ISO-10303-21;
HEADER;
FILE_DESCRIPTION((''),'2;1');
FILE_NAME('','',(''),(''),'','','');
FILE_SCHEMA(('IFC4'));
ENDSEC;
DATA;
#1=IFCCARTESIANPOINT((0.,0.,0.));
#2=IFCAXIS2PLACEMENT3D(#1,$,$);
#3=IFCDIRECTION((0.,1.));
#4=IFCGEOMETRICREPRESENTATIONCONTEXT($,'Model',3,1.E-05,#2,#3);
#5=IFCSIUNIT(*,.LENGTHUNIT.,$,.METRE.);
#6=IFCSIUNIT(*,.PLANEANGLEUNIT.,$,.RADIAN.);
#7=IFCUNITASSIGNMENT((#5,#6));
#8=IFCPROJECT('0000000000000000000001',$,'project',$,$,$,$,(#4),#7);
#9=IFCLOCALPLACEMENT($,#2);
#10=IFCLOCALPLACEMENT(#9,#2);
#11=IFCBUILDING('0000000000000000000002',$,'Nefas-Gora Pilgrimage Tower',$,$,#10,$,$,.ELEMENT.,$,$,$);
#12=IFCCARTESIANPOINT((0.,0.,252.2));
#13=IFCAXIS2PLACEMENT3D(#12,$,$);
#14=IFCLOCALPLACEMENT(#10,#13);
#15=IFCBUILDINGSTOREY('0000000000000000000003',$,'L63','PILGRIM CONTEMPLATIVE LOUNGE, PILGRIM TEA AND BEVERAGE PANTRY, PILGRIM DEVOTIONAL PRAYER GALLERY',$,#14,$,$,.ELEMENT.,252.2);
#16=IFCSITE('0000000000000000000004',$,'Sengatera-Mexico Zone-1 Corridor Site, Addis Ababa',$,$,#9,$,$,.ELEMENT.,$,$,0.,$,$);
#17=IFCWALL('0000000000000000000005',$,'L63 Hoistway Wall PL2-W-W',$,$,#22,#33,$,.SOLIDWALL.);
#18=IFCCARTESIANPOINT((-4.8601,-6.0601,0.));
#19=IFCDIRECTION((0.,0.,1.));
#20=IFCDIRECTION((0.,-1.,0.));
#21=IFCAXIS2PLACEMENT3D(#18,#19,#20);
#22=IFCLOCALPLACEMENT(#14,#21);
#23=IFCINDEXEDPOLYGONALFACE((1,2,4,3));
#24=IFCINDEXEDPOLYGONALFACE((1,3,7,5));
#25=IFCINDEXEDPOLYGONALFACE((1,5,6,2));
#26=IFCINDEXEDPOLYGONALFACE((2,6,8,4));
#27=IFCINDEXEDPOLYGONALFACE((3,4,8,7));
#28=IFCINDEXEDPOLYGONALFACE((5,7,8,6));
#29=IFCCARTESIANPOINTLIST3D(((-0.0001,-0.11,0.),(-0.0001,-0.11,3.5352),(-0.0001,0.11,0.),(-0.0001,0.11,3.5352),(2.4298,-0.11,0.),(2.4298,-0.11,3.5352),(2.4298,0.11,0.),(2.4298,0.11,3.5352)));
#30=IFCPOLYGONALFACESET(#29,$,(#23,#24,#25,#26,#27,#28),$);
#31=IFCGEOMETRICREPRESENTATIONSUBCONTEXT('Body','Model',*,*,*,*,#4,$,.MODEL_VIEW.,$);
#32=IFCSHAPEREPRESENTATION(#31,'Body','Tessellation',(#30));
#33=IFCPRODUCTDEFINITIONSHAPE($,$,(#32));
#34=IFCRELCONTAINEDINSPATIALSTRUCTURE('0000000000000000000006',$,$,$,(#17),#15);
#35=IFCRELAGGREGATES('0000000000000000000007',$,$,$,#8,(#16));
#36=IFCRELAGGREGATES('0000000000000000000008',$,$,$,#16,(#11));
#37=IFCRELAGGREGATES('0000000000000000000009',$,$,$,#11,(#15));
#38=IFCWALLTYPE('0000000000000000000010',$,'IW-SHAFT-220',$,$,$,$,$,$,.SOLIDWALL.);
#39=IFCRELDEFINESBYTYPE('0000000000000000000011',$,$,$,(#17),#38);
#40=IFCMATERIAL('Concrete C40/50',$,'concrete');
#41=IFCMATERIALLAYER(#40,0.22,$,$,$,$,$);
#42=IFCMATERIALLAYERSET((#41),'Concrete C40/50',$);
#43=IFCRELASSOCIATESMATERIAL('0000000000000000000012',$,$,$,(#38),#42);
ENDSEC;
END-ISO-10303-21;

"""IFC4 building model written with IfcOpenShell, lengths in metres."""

from ifc_helpers import new_model, si_unit, direction, frame, frame_2d, origin, place, context, subcontext, project, spatial, rectangle, extrude, source, transform, mapped, material, layer, layer_set, type_object, element, save


model = new_model("IFC4")

# Units and contexts
model_context = context("Model", 3, precision=1e-05, world=origin(), true_north=direction((0.0, 1.0)))
body_context = subcontext(model_context, "Body", "Model", "MODEL_VIEW")
ifc_project = project(units=[si_unit("LENGTHUNIT", "METRE"), si_unit("PLANEANGLEUNIT", "RADIAN")], contexts=[model_context])

# Site, building, storey
site_placement = place(None, origin())
site = spatial("IfcSite", under=ifc_project, at=site_placement, Name="Sengatera-Mexico Zone-1 Corridor Site, Addis Ababa", CompositionType="ELEMENT", RefElevation=0.0)
building_placement = place(site_placement, origin())
building = spatial("IfcBuilding", under=site, at=building_placement, Name="Nefas-Gora Pilgrimage Tower", CompositionType="ELEMENT")
storey_placement = place(building_placement, frame((0.0, 0.0, 252.2)))
storey = spatial("IfcBuildingStorey", under=building, at=storey_placement, Name="L63", Description="PILGRIM CONTEMPLATIVE LOUNGE, PILGRIM TEA AND BEVERAGE PANTRY, PILGRIM DEVOTIONAL PRAYER GALLERY", CompositionType="ELEMENT", Elevation=252.2)

# Shared definitions
ifc_material_1 = material(Name="Concrete C40/50", Category="concrete")
ifc_layer_1 = layer(ifc_material_1, 0.22)
ifc_layer_set_1 = layer_set([ifc_layer_1], Name="Concrete C40/50")
wall_type_1 = type_object("IfcWallType", Name="IW-SHAFT-220", PredefinedType="SOLIDWALL", material=ifc_layer_set_1)

# Wall
shared_shape_1 = source(origin(), body_context, "Body", "SweptSolid", [
    extrude(rectangle(XDim=2.4299, YDim=0.22, at=frame_2d((1.2148, 0.0))), origin(), (0.0, 0.0, 1.0), 3.5352),
])
for number, where, z_axis, x_axis, name in (
    (1, (-4.8601, -6.0601, 0.0), (0.0, 0.0, 1.0), (0.0, -1.0, 0.0), "L63 Hoistway Wall PL2-W-W"),
):
    element("IfcWall", number, at=place(storey_placement, frame(where, z_axis=z_axis, x_axis=x_axis)), inside=storey, type_object=wall_type_1, Name=name, PredefinedType="SOLIDWALL", context=body_context, shape_type="MappedRepresentation", body=[
        mapped(shared_shape_1, transform((0.0, 0.0, 0.0), x_axis=(1.0, 0.0, 0.0), y_axis=(0.0, 1.0, 0.0), z_axis=(0.0, 0.0, 1.0), scale=1.0)),
    ])

save(model, "model.ifc")
